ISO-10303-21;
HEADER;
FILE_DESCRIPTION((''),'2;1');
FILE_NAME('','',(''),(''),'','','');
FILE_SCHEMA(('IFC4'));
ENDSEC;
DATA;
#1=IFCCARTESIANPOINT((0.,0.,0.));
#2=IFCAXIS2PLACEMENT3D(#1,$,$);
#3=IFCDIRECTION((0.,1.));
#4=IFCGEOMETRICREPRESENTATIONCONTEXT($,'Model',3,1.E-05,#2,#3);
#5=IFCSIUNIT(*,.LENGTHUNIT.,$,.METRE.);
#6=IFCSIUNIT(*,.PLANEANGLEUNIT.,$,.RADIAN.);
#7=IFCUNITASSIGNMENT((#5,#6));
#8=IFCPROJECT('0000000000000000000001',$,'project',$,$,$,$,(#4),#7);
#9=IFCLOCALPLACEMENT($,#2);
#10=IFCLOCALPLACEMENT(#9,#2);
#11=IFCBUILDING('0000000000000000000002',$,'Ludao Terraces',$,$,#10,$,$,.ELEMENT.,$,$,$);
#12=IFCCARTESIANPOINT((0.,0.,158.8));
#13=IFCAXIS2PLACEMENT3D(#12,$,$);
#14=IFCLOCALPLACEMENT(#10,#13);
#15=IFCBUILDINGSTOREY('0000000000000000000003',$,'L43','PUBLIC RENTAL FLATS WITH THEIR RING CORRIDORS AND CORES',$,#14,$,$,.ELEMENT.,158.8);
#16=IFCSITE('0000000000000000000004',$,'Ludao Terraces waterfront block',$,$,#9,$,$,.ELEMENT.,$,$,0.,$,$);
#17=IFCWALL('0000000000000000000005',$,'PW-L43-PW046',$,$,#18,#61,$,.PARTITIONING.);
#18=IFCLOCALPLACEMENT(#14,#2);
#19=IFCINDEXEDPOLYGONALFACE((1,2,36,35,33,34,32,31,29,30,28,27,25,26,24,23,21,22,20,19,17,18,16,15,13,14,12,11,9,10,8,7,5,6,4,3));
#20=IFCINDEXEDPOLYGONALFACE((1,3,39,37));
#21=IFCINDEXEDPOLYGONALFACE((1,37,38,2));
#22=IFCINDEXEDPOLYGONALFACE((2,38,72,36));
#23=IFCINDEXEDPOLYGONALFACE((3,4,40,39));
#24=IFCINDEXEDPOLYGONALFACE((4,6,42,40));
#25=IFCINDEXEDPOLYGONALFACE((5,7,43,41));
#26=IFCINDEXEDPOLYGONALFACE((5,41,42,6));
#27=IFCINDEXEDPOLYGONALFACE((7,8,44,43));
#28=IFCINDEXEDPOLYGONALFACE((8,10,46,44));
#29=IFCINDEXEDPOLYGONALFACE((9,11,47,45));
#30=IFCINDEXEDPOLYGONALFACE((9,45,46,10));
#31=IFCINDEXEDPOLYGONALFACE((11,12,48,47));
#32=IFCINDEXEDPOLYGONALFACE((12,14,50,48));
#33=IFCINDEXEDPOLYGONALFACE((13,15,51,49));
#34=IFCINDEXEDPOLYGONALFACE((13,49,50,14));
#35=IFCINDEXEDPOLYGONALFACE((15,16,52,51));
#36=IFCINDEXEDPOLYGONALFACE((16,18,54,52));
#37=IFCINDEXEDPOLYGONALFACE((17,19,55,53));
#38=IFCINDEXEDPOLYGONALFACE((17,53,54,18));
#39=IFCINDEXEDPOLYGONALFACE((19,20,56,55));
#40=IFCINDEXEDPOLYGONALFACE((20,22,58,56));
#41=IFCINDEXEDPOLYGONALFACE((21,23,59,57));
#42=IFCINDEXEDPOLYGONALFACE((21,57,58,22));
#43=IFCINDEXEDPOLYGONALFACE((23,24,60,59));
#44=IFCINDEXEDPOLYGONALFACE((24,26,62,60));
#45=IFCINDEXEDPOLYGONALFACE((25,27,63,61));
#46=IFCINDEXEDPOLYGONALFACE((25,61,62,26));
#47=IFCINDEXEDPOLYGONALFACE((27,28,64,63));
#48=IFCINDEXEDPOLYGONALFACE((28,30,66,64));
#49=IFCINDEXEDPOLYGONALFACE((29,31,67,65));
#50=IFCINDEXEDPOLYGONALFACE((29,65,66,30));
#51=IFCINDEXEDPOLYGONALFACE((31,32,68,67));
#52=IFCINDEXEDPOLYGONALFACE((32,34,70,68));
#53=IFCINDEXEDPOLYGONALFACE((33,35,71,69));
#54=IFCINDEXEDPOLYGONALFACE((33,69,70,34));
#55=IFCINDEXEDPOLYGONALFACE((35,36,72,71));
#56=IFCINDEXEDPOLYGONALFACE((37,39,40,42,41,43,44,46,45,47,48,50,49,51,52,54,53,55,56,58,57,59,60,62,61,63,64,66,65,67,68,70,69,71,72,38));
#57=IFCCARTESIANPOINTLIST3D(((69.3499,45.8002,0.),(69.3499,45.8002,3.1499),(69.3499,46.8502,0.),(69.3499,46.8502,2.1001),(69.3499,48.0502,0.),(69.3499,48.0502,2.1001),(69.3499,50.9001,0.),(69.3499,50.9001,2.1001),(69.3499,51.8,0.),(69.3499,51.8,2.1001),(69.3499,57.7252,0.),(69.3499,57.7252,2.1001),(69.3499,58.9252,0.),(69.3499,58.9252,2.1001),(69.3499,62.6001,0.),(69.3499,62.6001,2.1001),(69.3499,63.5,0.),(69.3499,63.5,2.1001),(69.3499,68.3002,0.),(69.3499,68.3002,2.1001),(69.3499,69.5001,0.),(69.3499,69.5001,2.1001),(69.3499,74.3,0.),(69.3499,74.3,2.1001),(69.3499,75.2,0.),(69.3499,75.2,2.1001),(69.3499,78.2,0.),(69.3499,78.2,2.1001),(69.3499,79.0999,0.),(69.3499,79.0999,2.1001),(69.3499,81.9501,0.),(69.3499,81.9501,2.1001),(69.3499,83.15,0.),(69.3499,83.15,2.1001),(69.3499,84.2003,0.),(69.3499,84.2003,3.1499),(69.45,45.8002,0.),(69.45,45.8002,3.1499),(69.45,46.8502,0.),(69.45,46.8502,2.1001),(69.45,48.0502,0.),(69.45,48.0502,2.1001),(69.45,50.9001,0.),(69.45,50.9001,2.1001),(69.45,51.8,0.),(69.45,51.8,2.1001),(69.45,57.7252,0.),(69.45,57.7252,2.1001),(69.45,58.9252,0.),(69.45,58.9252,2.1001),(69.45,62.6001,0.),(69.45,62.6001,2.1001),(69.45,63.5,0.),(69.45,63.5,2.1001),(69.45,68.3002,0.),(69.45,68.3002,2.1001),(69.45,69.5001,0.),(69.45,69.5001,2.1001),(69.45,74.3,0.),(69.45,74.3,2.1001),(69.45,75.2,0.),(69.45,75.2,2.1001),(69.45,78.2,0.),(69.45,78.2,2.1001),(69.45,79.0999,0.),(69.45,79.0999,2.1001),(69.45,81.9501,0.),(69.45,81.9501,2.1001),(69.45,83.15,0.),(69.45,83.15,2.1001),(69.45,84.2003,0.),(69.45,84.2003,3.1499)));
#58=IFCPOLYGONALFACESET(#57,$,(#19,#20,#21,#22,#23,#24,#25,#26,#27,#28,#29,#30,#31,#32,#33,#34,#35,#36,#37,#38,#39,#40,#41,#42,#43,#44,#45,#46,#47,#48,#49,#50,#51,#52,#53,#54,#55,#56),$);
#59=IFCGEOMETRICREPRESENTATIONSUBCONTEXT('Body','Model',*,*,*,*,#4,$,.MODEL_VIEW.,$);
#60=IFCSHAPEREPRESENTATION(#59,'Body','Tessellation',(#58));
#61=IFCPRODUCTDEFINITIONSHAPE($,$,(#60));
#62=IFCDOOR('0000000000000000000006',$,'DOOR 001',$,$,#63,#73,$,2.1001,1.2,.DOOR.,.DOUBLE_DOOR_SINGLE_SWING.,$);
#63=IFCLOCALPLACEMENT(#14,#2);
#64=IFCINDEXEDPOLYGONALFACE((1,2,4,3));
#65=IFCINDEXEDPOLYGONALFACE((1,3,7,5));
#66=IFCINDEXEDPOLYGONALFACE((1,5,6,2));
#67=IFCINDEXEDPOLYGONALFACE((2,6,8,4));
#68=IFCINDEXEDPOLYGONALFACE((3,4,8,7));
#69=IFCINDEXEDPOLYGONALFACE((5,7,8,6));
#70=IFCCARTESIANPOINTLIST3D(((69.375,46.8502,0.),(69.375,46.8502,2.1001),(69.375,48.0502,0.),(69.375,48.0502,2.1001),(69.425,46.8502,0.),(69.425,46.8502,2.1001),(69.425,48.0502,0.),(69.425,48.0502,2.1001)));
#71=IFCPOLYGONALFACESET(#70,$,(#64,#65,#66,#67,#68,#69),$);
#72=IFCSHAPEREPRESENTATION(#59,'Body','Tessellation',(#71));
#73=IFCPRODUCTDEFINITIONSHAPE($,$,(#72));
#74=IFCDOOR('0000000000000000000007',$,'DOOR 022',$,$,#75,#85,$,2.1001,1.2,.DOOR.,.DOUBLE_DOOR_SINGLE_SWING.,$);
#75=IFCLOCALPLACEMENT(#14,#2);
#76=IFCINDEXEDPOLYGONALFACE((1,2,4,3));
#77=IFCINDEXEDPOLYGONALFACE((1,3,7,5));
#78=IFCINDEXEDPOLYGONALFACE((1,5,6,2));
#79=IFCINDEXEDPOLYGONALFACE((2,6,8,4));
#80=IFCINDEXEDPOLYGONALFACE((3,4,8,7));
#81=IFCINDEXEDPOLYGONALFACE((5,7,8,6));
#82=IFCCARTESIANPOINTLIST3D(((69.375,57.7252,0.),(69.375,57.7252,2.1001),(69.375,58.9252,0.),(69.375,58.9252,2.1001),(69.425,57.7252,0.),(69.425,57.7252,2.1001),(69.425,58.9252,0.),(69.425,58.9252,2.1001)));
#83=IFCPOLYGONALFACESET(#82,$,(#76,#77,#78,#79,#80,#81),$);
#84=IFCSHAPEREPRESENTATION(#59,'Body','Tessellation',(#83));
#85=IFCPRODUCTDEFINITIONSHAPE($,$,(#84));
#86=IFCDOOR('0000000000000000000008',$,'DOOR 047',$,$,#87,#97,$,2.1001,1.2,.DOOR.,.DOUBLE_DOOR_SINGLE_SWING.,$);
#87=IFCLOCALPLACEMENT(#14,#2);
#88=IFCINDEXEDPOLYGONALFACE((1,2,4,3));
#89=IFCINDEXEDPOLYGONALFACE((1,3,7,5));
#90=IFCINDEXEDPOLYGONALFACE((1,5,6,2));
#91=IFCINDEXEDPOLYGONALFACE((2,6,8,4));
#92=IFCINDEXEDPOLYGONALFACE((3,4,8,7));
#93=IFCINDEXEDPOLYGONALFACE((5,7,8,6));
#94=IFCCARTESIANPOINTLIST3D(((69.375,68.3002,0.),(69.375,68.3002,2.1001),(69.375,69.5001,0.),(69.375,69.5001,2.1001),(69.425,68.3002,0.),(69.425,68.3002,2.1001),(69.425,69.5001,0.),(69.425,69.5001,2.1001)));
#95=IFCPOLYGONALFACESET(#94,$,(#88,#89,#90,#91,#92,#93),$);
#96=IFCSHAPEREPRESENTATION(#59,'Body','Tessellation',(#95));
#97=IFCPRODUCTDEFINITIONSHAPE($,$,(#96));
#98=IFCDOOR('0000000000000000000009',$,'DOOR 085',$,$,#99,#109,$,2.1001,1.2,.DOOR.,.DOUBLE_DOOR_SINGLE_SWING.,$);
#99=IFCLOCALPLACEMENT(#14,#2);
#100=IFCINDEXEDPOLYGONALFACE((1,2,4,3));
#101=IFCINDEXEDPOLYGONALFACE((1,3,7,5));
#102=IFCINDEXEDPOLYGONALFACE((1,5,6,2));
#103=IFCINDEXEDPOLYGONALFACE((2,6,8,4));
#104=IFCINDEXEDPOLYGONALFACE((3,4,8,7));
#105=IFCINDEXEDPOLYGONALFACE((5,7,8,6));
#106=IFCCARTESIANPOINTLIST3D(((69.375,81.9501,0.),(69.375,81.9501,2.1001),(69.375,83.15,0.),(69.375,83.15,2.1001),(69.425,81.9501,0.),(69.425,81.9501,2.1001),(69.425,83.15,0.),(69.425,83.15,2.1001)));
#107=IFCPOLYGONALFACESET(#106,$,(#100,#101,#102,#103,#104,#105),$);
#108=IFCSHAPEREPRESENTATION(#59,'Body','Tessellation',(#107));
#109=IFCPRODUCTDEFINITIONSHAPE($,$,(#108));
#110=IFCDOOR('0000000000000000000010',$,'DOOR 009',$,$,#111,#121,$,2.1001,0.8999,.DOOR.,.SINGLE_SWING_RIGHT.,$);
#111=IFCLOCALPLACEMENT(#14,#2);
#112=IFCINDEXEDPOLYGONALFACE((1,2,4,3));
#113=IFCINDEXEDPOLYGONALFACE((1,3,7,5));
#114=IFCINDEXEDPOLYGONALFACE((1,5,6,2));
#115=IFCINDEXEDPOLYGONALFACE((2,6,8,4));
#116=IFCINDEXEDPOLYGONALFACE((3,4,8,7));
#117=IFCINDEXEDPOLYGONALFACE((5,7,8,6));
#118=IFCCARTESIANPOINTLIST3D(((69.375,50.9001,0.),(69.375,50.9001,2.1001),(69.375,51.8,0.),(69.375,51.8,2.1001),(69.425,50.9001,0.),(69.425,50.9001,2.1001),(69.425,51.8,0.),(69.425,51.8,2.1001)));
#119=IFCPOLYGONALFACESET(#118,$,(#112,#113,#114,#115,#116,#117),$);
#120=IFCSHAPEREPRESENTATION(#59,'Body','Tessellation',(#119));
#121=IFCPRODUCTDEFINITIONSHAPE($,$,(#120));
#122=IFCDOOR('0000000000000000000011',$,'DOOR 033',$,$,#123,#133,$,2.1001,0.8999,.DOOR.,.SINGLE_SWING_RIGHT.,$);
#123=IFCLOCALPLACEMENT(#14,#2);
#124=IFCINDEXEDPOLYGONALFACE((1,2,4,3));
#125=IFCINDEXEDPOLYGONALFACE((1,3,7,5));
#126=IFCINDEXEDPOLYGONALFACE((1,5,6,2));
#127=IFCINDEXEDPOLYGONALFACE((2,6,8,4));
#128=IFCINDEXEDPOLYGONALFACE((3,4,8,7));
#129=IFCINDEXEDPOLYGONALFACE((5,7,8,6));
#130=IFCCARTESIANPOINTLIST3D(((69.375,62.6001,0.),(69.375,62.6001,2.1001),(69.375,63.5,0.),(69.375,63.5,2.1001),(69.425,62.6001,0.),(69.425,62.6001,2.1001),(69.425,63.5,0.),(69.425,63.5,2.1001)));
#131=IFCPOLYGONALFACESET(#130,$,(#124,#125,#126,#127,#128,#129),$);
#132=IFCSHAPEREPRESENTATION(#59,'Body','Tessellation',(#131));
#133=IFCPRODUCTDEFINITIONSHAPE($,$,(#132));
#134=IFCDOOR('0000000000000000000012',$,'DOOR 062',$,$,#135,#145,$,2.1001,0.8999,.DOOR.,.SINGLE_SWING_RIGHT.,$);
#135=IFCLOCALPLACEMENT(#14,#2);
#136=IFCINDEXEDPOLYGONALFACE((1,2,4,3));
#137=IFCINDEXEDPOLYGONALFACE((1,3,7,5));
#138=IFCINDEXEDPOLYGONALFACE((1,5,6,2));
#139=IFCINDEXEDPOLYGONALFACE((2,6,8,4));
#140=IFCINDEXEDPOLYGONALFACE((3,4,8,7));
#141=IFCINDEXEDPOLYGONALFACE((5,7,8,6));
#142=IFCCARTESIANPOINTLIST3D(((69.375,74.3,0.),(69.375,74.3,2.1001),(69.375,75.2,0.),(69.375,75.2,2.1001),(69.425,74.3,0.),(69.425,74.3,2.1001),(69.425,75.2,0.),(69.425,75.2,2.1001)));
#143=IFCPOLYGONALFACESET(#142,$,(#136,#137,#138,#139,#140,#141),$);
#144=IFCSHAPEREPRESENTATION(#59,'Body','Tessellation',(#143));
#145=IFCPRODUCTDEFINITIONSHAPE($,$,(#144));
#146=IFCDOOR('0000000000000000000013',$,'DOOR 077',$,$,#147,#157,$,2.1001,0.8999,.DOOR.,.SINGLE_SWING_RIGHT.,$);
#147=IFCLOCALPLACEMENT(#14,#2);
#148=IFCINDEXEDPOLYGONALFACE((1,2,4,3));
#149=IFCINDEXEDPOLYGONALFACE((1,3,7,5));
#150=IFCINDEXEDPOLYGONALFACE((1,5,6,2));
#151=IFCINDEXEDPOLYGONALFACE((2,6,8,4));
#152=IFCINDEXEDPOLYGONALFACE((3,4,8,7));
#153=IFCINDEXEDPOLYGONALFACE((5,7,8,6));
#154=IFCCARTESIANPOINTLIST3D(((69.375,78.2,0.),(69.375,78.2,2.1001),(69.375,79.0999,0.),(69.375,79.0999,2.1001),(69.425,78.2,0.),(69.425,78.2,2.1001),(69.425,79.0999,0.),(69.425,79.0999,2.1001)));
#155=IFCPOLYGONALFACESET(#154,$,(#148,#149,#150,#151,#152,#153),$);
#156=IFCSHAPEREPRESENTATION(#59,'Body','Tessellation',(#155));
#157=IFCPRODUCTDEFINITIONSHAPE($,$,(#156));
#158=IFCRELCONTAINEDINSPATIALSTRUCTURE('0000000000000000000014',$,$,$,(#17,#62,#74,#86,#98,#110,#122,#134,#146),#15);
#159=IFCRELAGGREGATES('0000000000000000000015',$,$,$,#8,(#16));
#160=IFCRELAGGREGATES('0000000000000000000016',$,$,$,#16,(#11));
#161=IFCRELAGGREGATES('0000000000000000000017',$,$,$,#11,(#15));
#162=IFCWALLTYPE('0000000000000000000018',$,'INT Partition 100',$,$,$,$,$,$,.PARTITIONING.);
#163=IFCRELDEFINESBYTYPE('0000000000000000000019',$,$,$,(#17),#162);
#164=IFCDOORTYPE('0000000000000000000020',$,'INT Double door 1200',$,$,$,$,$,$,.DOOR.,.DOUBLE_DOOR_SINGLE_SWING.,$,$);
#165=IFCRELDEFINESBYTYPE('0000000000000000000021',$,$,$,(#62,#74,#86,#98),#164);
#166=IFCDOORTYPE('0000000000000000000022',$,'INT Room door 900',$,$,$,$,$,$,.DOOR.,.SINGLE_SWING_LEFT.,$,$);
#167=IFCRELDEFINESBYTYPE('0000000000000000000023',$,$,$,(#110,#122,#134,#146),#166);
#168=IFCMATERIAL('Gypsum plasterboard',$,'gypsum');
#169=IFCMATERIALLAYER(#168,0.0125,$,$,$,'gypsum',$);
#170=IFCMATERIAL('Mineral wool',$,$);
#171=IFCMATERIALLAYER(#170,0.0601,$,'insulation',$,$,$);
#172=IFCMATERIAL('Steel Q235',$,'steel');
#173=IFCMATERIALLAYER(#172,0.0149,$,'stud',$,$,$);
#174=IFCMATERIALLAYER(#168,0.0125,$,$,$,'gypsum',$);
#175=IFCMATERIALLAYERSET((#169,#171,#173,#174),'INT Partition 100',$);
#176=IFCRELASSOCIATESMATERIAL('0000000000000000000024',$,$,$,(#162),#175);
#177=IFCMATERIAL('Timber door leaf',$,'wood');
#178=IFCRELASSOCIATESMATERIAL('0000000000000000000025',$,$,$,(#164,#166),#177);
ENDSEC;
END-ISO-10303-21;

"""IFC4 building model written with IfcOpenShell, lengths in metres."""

from ifc_helpers import new_model, si_unit, direction, frame, frame_2d, origin, place, context, subcontext, project, spatial, rectangle, extrude, material, layer, layer_set, type_object, element, fill, save


model = new_model("IFC4")

# Units and contexts
model_context = context("Model", 3, precision=1e-05, world=origin(), true_north=direction((0.0, 1.0)))
body_context = subcontext(model_context, "Body", "Model", "MODEL_VIEW")
ifc_project = project(units=[si_unit("LENGTHUNIT", "METRE"), si_unit("PLANEANGLEUNIT", "RADIAN")], contexts=[model_context])

# Site, building, storey
site_placement = place(None, origin())
site = spatial("IfcSite", under=ifc_project, at=site_placement, Name="Ludao Terraces waterfront block", CompositionType="ELEMENT", RefElevation=0.0)
building_placement = place(site_placement, origin())
building = spatial("IfcBuilding", under=site, at=building_placement, Name="Ludao Terraces", CompositionType="ELEMENT")
storey_placement = place(building_placement, frame((0.0, 0.0, 158.8)))
storey = spatial("IfcBuildingStorey", under=building, at=storey_placement, Name="L43", Description="PUBLIC RENTAL FLATS WITH THEIR RING CORRIDORS AND CORES", CompositionType="ELEMENT", Elevation=158.8)

# Shared definitions
ifc_material_1 = material(Name="Mineral wool")

# Wall, openings, doors
ifc_material_2 = material(Name="Gypsum plasterboard", Category="gypsum")
ifc_layer_1 = layer(ifc_material_2, 0.0125, Category="gypsum")
ifc_layer_2 = layer(ifc_material_1, 0.0601, Name="insulation")
ifc_material_3 = material(Name="Steel Q235", Category="steel")
ifc_layer_3 = layer(ifc_material_3, 0.0149, Name="stud")
ifc_layer_4 = layer(ifc_material_2, 0.0125, Category="gypsum")
ifc_layer_set_1 = layer_set([ifc_layer_1, ifc_layer_2, ifc_layer_3, ifc_layer_4], Name="INT Partition 100")
wall_type_1 = type_object("IfcWallType", Name="INT Partition 100", PredefinedType="PARTITIONING", material=ifc_layer_set_1)
wall_1_placement = place(storey_placement, frame((69.3999, 45.8, 0.0), z_axis=(0.0, 0.0, 1.0), x_axis=(0.0, 1.0, 0.0)))
wall_1 = element("IfcWall", 1, at=wall_1_placement, inside=storey, type_object=wall_type_1, Name="PW-L43-PW046", PredefinedType="PARTITIONING", context=body_context, shape_type="SweptSolid", body=[
    extrude(rectangle(XDim=38.4001, YDim=0.1001, at=frame_2d((19.2002, 0.0))), origin(), (0.0, 0.0, 1.0), 3.1499),
])
opening_1_placement = place(wall_1_placement, frame((1.05, 0.0, 0.0)))
opening_1 = element("IfcOpeningElement", 2, at=opening_1_placement, cuts=wall_1, PredefinedType="OPENING", context=body_context, shape_type="SweptSolid", body=[
    extrude(rectangle(XDim=1.2, YDim=2.1001, at=frame_2d((0.6001, 1.05))), frame((0.0, 0.0601, 0.0), z_axis=(0.0, -1.0, 0.0), x_axis=(1.0, 0.0, 0.0)), (0.0, 0.0, 1.0), 0.1201),
])
opening_2_placement = place(wall_1_placement, frame((5.1001, 0.0, 0.0)))
opening_2 = element("IfcOpeningElement", 3, at=opening_2_placement, cuts=wall_1, PredefinedType="OPENING", context=body_context, shape_type="SweptSolid", body=[
    extrude(rectangle(XDim=0.8999, YDim=2.1001, at=frame_2d((0.45, 1.05))), frame((0.0, 0.0601, 0.0), z_axis=(0.0, -1.0, 0.0), x_axis=(1.0, 0.0, 0.0)), (0.0, 0.0, 1.0), 0.1201),
])
opening_3_placement = place(wall_1_placement, frame((11.925, 0.0, 0.0)))
opening_3 = element("IfcOpeningElement", 4, at=opening_3_placement, cuts=wall_1, PredefinedType="OPENING", context=body_context, shape_type="SweptSolid", body=[
    extrude(rectangle(XDim=1.2, YDim=2.1001, at=frame_2d((0.6001, 1.05))), frame((0.0, 0.0601, 0.0), z_axis=(0.0, -1.0, 0.0), x_axis=(1.0, 0.0, 0.0)), (0.0, 0.0, 1.0), 0.1201),
])
opening_4_placement = place(wall_1_placement, frame((16.8, 0.0, 0.0)))
opening_4 = element("IfcOpeningElement", 5, at=opening_4_placement, cuts=wall_1, PredefinedType="OPENING", context=body_context, shape_type="SweptSolid", body=[
    extrude(rectangle(XDim=0.8999, YDim=2.1001, at=frame_2d((0.45, 1.05))), frame((0.0, 0.0601, 0.0), z_axis=(0.0, -1.0, 0.0), x_axis=(1.0, 0.0, 0.0)), (0.0, 0.0, 1.0), 0.1201),
])
opening_5_placement = place(wall_1_placement, frame((22.5, 0.0, 0.0)))
opening_5 = element("IfcOpeningElement", 6, at=opening_5_placement, cuts=wall_1, PredefinedType="OPENING", context=body_context, shape_type="SweptSolid", body=[
    extrude(rectangle(XDim=1.2, YDim=2.1001, at=frame_2d((0.6001, 1.05))), frame((0.0, 0.0601, 0.0), z_axis=(0.0, -1.0, 0.0), x_axis=(1.0, 0.0, 0.0)), (0.0, 0.0, 1.0), 0.1201),
])
opening_6_placement = place(wall_1_placement, frame((28.5, 0.0, 0.0)))
opening_6 = element("IfcOpeningElement", 7, at=opening_6_placement, cuts=wall_1, PredefinedType="OPENING", context=body_context, shape_type="SweptSolid", body=[
    extrude(rectangle(XDim=0.8999, YDim=2.1001, at=frame_2d((0.45, 1.05))), frame((0.0, 0.0601, 0.0), z_axis=(0.0, -1.0, 0.0), x_axis=(1.0, 0.0, 0.0)), (0.0, 0.0, 1.0), 0.1201),
])
opening_7_placement = place(wall_1_placement, frame((32.3999, 0.0, 0.0)))
opening_7 = element("IfcOpeningElement", 8, at=opening_7_placement, cuts=wall_1, PredefinedType="OPENING", context=body_context, shape_type="SweptSolid", body=[
    extrude(rectangle(XDim=0.8999, YDim=2.1001, at=frame_2d((0.45, 1.05))), frame((0.0, 0.0601, 0.0), z_axis=(0.0, -1.0, 0.0), x_axis=(1.0, 0.0, 0.0)), (0.0, 0.0, 1.0), 0.1201),
])
opening_8_placement = place(wall_1_placement, frame((36.1499, 0.0, 0.0)))
opening_8 = element("IfcOpeningElement", 9, at=opening_8_placement, cuts=wall_1, PredefinedType="OPENING", context=body_context, shape_type="SweptSolid", body=[
    extrude(rectangle(XDim=1.2, YDim=2.1001, at=frame_2d((0.6001, 1.05))), frame((0.0, 0.0601, 0.0), z_axis=(0.0, -1.0, 0.0), x_axis=(1.0, 0.0, 0.0)), (0.0, 0.0, 1.0), 0.1201),
])
ifc_material_4 = material(Name="Timber door leaf", Category="wood")
door_type_1 = type_object("IfcDoorType", Name="INT Double door 1200", OperationType="DOUBLE_DOOR_SINGLE_SWING", PredefinedType="DOOR", material=ifc_material_4)
door_1_placement = place(opening_1_placement, origin())
door_1 = element("IfcDoor", 10, at=door_1_placement, inside=storey, type_object=door_type_1, Name="DOOR 001", OperationType="DOUBLE_DOOR_SINGLE_SWING", OverallHeight=2.1001, OverallWidth=1.2, PredefinedType="DOOR", context=body_context, shape_type="SweptSolid", body=[
    extrude(rectangle(XDim=1.2, YDim=2.1001, at=frame_2d((0.6001, 1.05))), frame((0.0, 0.0249, 0.0), z_axis=(0.0, -1.0, 0.0), x_axis=(1.0, 0.0, 0.0)), (0.0, 0.0, 1.0), 0.05),
])
fill(opening_1, door_1)
door_2_placement = place(opening_3_placement, origin())
door_2 = element("IfcDoor", 11, at=door_2_placement, inside=storey, type_object=door_type_1, Name="DOOR 022", OperationType="DOUBLE_DOOR_SINGLE_SWING", OverallHeight=2.1001, OverallWidth=1.2, PredefinedType="DOOR", context=body_context, shape_type="SweptSolid", body=[
    extrude(rectangle(XDim=1.2, YDim=2.1001, at=frame_2d((0.6001, 1.05))), frame((0.0, 0.0249, 0.0), z_axis=(0.0, -1.0, 0.0), x_axis=(1.0, 0.0, 0.0)), (0.0, 0.0, 1.0), 0.05),
])
fill(opening_3, door_2)
door_3_placement = place(opening_5_placement, origin())
door_3 = element("IfcDoor", 12, at=door_3_placement, inside=storey, type_object=door_type_1, Name="DOOR 047", OperationType="DOUBLE_DOOR_SINGLE_SWING", OverallHeight=2.1001, OverallWidth=1.2, PredefinedType="DOOR", context=body_context, shape_type="SweptSolid", body=[
    extrude(rectangle(XDim=1.2, YDim=2.1001, at=frame_2d((0.6001, 1.05))), frame((0.0, 0.0249, 0.0), z_axis=(0.0, -1.0, 0.0), x_axis=(1.0, 0.0, 0.0)), (0.0, 0.0, 1.0), 0.05),
])
fill(opening_5, door_3)
door_4_placement = place(opening_8_placement, origin())
door_4 = element("IfcDoor", 13, at=door_4_placement, inside=storey, type_object=door_type_1, Name="DOOR 085", OperationType="DOUBLE_DOOR_SINGLE_SWING", OverallHeight=2.1001, OverallWidth=1.2, PredefinedType="DOOR", context=body_context, shape_type="SweptSolid", body=[
    extrude(rectangle(XDim=1.2, YDim=2.1001, at=frame_2d((0.6001, 1.05))), frame((0.0, 0.0249, 0.0), z_axis=(0.0, -1.0, 0.0), x_axis=(1.0, 0.0, 0.0)), (0.0, 0.0, 1.0), 0.05),
])
fill(opening_8, door_4)
door_type_2 = type_object("IfcDoorType", Name="INT Room door 900", OperationType="SINGLE_SWING_LEFT", PredefinedType="DOOR", material=ifc_material_4)
door_5_placement = place(opening_2_placement, origin())
door_5 = element("IfcDoor", 14, at=door_5_placement, inside=storey, type_object=door_type_2, Name="DOOR 009", OperationType="SINGLE_SWING_RIGHT", OverallHeight=2.1001, OverallWidth=0.8999, PredefinedType="DOOR", context=body_context, shape_type="SweptSolid", body=[
    extrude(rectangle(XDim=0.8999, YDim=2.1001, at=frame_2d((0.45, 1.05))), frame((0.0, 0.0249, 0.0), z_axis=(0.0, -1.0, 0.0), x_axis=(1.0, 0.0, 0.0)), (0.0, 0.0, 1.0), 0.05),
])
fill(opening_2, door_5)
door_6_placement = place(opening_4_placement, origin())
door_6 = element("IfcDoor", 15, at=door_6_placement, inside=storey, type_object=door_type_2, Name="DOOR 033", OperationType="SINGLE_SWING_RIGHT", OverallHeight=2.1001, OverallWidth=0.8999, PredefinedType="DOOR", context=body_context, shape_type="SweptSolid", body=[
    extrude(rectangle(XDim=0.8999, YDim=2.1001, at=frame_2d((0.45, 1.05))), frame((0.0, 0.0249, 0.0), z_axis=(0.0, -1.0, 0.0), x_axis=(1.0, 0.0, 0.0)), (0.0, 0.0, 1.0), 0.05),
])
fill(opening_4, door_6)
door_7_placement = place(opening_6_placement, origin())
door_7 = element("IfcDoor", 16, at=door_7_placement, inside=storey, type_object=door_type_2, Name="DOOR 062", OperationType="SINGLE_SWING_RIGHT", OverallHeight=2.1001, OverallWidth=0.8999, PredefinedType="DOOR", context=body_context, shape_type="SweptSolid", body=[
    extrude(rectangle(XDim=0.8999, YDim=2.1001, at=frame_2d((0.45, 1.05))), frame((0.0, 0.0249, 0.0), z_axis=(0.0, -1.0, 0.0), x_axis=(1.0, 0.0, 0.0)), (0.0, 0.0, 1.0), 0.05),
])
fill(opening_6, door_7)
door_8_placement = place(opening_7_placement, origin())
door_8 = element("IfcDoor", 17, at=door_8_placement, inside=storey, type_object=door_type_2, Name="DOOR 077", OperationType="SINGLE_SWING_RIGHT", OverallHeight=2.1001, OverallWidth=0.8999, PredefinedType="DOOR", context=body_context, shape_type="SweptSolid", body=[
    extrude(rectangle(XDim=0.8999, YDim=2.1001, at=frame_2d((0.45, 1.05))), frame((0.0, 0.0249, 0.0), z_axis=(0.0, -1.0, 0.0), x_axis=(1.0, 0.0, 0.0)), (0.0, 0.0, 1.0), 0.05),
])
fill(opening_7, door_8)

save(model, "model.ifc")
